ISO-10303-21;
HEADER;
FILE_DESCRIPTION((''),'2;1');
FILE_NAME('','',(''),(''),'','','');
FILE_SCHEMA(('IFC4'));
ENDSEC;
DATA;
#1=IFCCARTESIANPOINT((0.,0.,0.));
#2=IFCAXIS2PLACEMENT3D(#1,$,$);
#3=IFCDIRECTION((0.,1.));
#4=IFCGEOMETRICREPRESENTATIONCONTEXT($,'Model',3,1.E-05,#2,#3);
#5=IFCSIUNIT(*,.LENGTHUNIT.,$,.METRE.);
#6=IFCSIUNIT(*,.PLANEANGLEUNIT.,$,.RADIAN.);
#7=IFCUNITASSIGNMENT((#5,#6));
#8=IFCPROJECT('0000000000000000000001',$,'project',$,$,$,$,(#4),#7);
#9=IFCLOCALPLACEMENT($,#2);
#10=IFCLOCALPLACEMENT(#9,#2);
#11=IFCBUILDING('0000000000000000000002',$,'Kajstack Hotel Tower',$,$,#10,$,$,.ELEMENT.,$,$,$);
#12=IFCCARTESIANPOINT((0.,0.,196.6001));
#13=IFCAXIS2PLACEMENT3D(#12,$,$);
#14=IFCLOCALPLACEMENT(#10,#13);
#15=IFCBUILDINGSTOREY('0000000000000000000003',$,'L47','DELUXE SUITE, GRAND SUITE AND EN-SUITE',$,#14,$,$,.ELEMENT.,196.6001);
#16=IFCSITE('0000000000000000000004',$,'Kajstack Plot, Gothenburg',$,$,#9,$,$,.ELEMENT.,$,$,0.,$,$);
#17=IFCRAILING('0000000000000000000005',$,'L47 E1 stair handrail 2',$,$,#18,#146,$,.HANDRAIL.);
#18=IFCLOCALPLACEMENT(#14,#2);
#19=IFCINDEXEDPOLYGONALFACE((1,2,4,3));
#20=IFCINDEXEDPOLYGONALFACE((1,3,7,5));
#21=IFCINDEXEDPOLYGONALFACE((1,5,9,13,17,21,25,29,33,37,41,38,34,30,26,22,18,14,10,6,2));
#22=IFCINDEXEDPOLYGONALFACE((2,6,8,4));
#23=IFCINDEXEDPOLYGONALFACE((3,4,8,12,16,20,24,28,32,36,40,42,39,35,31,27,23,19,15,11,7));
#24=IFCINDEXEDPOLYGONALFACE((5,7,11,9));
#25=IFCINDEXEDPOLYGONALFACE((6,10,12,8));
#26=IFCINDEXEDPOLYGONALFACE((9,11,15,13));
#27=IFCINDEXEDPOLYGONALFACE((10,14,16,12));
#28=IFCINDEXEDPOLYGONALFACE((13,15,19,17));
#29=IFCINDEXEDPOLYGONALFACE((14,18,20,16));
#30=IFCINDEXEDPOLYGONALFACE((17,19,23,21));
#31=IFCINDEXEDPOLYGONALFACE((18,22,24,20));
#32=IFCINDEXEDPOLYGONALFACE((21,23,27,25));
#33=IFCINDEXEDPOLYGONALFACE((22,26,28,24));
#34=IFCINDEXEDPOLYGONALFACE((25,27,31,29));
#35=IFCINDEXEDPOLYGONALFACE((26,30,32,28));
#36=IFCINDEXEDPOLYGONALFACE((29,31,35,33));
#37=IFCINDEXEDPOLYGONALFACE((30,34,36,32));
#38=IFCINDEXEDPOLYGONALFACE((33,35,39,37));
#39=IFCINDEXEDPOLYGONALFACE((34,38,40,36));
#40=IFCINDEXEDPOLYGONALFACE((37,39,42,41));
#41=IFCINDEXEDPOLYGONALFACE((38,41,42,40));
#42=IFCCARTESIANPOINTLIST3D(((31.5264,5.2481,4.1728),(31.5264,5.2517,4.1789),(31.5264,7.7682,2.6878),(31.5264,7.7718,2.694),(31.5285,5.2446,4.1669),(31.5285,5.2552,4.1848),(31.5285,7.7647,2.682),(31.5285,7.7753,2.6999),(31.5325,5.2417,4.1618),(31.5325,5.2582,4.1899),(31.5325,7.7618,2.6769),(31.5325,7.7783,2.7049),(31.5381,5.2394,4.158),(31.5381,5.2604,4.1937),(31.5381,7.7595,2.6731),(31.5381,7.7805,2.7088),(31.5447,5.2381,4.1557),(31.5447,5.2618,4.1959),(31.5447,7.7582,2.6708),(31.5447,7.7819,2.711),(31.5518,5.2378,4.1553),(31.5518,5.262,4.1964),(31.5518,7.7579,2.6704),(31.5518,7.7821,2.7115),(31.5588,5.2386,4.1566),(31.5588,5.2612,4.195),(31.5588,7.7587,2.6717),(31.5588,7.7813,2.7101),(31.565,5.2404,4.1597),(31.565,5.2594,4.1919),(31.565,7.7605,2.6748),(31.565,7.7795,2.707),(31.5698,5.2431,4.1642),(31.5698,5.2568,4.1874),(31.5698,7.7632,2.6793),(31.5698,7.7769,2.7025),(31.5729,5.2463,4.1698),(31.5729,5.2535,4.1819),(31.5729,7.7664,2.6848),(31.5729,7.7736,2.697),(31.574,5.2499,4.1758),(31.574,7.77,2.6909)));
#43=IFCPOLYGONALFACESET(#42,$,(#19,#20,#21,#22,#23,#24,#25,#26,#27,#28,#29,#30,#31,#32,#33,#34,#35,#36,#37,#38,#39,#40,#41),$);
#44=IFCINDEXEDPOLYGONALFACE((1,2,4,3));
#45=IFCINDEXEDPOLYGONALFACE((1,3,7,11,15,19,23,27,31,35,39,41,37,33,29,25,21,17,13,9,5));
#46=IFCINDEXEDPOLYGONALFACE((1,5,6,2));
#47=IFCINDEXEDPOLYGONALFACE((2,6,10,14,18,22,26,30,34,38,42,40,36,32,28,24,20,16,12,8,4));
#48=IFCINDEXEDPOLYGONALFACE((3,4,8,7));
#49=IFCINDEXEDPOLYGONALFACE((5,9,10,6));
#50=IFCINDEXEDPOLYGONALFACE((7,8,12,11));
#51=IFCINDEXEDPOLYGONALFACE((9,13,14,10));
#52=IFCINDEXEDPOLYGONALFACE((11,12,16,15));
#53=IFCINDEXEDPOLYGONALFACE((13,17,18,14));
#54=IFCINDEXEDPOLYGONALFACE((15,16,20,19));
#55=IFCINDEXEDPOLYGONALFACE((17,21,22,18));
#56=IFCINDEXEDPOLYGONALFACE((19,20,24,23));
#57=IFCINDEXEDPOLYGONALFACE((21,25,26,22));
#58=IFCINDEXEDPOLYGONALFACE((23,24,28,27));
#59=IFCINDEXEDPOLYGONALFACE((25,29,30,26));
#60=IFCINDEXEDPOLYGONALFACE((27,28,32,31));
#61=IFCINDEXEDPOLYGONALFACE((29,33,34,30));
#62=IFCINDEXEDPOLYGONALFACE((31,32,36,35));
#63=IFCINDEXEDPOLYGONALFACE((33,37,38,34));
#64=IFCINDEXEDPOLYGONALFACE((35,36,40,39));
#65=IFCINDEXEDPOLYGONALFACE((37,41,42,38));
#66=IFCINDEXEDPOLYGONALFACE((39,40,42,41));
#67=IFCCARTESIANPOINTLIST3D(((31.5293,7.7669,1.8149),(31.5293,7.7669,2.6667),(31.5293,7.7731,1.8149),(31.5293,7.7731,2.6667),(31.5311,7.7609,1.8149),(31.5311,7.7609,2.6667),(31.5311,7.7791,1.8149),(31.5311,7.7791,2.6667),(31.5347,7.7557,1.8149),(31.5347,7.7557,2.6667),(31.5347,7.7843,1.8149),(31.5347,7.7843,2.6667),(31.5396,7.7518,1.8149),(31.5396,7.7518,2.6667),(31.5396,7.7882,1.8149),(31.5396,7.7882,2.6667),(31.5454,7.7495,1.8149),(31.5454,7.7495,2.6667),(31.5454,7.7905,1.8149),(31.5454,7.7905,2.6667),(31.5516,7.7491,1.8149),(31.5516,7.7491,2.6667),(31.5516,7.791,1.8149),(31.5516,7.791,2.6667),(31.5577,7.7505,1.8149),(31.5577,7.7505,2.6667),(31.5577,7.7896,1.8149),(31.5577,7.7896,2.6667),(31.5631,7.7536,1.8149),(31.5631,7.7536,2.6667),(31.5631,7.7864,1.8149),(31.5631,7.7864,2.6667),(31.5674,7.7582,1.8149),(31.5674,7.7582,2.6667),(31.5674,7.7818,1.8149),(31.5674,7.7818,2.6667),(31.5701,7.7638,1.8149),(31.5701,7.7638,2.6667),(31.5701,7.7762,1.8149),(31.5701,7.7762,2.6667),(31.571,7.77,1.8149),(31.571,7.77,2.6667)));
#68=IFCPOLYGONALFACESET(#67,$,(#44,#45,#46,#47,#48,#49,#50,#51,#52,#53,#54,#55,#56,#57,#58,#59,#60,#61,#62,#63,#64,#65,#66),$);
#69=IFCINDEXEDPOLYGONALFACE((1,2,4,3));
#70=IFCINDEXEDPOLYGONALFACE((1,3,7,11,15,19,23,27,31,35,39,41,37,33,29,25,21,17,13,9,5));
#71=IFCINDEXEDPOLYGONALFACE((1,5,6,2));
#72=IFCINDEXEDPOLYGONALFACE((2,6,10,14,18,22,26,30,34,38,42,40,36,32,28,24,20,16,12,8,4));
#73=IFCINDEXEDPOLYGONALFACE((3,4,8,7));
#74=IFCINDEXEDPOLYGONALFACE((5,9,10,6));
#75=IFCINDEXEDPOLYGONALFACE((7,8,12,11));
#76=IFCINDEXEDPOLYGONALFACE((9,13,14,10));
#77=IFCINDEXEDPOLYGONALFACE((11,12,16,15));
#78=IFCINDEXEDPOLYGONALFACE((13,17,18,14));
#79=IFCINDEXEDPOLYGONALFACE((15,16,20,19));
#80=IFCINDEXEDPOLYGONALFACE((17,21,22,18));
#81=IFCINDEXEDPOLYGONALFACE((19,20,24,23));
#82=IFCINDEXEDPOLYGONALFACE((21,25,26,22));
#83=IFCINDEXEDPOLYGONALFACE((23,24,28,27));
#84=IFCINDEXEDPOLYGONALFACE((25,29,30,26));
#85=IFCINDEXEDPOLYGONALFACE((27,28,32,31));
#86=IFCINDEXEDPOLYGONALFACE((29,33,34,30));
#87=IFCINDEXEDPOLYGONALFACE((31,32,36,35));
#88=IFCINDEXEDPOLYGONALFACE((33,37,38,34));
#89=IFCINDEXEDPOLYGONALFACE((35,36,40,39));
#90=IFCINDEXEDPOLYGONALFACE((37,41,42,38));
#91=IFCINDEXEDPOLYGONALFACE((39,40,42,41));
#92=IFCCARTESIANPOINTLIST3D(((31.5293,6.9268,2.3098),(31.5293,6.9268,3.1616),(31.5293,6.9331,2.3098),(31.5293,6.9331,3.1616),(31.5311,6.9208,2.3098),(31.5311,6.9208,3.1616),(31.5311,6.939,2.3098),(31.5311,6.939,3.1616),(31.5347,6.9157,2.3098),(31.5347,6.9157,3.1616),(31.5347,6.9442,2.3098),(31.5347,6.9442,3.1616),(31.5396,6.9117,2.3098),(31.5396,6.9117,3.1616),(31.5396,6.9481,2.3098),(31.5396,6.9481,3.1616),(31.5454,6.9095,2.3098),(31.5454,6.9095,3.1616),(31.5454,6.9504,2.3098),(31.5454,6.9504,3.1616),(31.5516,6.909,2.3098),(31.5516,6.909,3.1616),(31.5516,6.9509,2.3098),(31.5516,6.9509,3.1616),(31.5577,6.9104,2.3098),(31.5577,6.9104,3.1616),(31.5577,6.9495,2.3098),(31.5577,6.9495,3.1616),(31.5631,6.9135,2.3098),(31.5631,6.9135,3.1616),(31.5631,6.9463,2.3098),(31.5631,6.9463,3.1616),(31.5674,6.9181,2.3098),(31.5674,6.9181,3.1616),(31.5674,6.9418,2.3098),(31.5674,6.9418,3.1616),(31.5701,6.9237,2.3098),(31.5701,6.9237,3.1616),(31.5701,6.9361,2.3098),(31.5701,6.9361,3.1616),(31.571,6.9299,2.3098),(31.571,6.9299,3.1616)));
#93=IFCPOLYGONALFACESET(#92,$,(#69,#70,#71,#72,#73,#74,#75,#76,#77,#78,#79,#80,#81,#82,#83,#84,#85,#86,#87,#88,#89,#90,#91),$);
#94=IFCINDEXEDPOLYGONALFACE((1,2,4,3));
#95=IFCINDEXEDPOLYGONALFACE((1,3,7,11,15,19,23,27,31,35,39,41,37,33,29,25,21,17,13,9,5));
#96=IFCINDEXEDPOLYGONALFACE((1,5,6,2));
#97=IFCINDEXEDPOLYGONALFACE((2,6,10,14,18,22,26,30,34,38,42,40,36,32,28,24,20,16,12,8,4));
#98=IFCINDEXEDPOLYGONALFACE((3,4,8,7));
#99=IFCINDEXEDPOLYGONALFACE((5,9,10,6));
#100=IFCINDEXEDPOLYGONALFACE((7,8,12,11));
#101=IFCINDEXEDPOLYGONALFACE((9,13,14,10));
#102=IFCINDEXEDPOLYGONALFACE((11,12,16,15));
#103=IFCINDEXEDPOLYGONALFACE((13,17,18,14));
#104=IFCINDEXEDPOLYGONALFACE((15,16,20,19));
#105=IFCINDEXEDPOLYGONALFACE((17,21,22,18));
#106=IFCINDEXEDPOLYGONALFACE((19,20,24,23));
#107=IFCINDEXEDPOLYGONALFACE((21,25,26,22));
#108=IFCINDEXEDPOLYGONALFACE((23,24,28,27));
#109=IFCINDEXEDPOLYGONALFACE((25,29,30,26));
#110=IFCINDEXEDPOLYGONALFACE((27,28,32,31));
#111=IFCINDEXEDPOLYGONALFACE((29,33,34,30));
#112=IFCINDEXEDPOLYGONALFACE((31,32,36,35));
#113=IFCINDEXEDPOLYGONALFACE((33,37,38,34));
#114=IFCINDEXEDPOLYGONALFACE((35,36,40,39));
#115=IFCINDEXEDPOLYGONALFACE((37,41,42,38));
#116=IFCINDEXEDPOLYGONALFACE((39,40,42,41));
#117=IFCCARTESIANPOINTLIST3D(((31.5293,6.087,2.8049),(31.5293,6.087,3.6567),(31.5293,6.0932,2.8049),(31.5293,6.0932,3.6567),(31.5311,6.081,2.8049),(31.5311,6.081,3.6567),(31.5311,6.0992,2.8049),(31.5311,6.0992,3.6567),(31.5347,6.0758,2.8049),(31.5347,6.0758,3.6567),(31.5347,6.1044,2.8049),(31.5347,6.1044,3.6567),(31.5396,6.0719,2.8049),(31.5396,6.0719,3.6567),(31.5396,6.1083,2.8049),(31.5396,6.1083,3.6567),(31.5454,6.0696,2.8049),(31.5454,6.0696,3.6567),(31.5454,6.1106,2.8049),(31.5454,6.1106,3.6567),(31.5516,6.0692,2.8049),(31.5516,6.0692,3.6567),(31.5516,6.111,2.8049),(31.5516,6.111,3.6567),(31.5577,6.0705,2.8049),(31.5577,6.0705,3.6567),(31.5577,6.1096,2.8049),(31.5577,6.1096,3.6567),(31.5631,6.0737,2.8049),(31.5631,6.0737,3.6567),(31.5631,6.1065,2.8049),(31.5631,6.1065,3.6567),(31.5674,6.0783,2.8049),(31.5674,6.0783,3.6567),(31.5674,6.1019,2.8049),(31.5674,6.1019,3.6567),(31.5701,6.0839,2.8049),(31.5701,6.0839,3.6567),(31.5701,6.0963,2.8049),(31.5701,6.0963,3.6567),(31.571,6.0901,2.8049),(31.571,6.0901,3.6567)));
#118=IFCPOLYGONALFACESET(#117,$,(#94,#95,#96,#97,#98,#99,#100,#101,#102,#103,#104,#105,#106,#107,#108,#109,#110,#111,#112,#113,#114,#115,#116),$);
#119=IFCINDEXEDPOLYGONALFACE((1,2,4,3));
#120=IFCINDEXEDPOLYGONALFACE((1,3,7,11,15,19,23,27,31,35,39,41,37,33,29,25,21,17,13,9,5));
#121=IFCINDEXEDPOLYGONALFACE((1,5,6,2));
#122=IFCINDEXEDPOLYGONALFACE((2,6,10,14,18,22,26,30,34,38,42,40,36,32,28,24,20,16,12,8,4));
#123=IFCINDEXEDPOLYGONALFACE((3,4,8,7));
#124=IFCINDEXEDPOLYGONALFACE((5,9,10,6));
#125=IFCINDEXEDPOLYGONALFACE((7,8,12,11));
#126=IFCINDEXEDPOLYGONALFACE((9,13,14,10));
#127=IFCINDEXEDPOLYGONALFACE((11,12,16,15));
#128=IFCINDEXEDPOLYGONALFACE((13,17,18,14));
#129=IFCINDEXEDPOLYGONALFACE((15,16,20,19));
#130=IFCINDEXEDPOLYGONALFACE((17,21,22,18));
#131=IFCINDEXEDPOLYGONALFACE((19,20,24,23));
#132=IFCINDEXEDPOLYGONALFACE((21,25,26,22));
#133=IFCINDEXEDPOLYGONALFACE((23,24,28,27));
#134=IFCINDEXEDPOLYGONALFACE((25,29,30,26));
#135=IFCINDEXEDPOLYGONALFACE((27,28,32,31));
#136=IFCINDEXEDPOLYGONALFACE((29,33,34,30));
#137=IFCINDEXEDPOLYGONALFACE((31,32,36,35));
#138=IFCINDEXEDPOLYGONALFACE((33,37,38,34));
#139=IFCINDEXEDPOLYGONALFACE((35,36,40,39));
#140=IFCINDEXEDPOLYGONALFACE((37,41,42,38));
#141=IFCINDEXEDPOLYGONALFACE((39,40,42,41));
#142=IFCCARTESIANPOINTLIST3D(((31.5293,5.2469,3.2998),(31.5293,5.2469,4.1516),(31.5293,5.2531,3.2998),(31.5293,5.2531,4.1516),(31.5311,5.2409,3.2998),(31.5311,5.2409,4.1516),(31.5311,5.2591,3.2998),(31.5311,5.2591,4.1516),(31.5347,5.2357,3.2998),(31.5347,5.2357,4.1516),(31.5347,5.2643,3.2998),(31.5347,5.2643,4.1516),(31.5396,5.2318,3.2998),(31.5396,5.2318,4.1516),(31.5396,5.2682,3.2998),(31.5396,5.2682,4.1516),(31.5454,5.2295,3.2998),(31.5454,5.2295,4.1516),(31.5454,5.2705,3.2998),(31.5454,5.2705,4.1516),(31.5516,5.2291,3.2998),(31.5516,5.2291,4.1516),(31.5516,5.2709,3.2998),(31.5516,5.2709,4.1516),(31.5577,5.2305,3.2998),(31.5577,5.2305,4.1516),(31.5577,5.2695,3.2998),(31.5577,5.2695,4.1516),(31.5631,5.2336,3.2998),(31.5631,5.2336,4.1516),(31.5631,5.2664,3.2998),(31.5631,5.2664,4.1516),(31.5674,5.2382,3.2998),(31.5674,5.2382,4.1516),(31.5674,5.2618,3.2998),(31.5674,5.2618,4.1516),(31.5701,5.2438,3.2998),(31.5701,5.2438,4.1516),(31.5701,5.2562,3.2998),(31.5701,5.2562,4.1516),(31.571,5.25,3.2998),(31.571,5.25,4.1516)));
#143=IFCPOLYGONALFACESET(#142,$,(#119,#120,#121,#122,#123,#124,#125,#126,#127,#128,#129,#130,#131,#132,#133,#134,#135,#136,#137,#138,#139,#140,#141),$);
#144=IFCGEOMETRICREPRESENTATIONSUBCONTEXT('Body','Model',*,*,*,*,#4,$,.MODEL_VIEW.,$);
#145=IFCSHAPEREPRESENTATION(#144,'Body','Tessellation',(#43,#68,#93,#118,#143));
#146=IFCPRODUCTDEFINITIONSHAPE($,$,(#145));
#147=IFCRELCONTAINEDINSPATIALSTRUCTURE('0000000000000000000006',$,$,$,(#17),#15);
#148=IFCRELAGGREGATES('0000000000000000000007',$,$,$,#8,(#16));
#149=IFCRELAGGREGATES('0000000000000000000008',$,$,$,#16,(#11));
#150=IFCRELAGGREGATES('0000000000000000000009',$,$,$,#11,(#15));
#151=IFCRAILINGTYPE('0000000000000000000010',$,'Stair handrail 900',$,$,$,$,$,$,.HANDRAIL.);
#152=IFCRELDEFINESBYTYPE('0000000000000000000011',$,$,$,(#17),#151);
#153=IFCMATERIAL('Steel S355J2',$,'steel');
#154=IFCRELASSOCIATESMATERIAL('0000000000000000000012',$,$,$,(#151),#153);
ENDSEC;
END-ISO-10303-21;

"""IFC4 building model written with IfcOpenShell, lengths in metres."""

from ifc_helpers import new_model, si_unit, direction, frame, origin, origin_2d, place, context, subcontext, project, spatial, circle, extrude, material, type_object, element, save


model = new_model("IFC4")

# Units and contexts
model_context = context("Model", 3, precision=1e-05, world=origin(), true_north=direction((0.0, 1.0)))
body_context = subcontext(model_context, "Body", "Model", "MODEL_VIEW")
ifc_project = project(units=[si_unit("LENGTHUNIT", "METRE"), si_unit("PLANEANGLEUNIT", "RADIAN")], contexts=[model_context])

# Site, building, storey
site_placement = place(None, origin())
site = spatial("IfcSite", under=ifc_project, at=site_placement, Name="Kajstack Plot, Gothenburg", CompositionType="ELEMENT", RefElevation=0.0)
building_placement = place(site_placement, origin())
building = spatial("IfcBuilding", under=site, at=building_placement, Name="Kajstack Hotel Tower", CompositionType="ELEMENT")
storey_placement = place(building_placement, frame((0.0, 0.0, 196.6001)))
storey = spatial("IfcBuildingStorey", under=building, at=storey_placement, Name="L47", Description="DELUXE SUITE, GRAND SUITE AND EN-SUITE", CompositionType="ELEMENT", Elevation=196.6001)

# Railing
ifc_material_1 = material(Name="Steel S355J2", Category="steel")
railing_type_1 = type_object("IfcRailingType", Name="Stair handrail 900", PredefinedType="HANDRAIL", material=ifc_material_1)
railing_1_placement = place(storey_placement, frame((31.55, 7.77, 1.8149)))
element("IfcRailing", 1, at=railing_1_placement, inside=storey, type_object=railing_type_1, Name="L47 E1 stair handrail 2", PredefinedType="HANDRAIL", context=body_context, shape_type="SweptSolid", body=[
    extrude(circle(Radius=0.0239, at=origin_2d()), frame((0.0, 0.0, 0.876), z_axis=(0.0, -0.861561, 0.507655), x_axis=(1.0, 0.0, 0.0)), (0.0, 0.0, 1.0), 2.925),
    extrude(circle(Radius=0.021, at=origin_2d()), origin(), (0.0, 0.0, 1.0), 0.8518),
    extrude(circle(Radius=0.021, at=origin_2d()), frame((0.0, -0.8401, 0.4949)), (0.0, 0.0, 1.0), 0.8518),
    extrude(circle(Radius=0.021, at=origin_2d()), frame((0.0, -1.6799, 0.99)), (0.0, 0.0, 1.0), 0.8518),
    extrude(circle(Radius=0.021, at=origin_2d()), frame((0.0, -2.52, 1.4849)), (0.0, 0.0, 1.0), 0.8518),
])

save(model, "model.ifc")
